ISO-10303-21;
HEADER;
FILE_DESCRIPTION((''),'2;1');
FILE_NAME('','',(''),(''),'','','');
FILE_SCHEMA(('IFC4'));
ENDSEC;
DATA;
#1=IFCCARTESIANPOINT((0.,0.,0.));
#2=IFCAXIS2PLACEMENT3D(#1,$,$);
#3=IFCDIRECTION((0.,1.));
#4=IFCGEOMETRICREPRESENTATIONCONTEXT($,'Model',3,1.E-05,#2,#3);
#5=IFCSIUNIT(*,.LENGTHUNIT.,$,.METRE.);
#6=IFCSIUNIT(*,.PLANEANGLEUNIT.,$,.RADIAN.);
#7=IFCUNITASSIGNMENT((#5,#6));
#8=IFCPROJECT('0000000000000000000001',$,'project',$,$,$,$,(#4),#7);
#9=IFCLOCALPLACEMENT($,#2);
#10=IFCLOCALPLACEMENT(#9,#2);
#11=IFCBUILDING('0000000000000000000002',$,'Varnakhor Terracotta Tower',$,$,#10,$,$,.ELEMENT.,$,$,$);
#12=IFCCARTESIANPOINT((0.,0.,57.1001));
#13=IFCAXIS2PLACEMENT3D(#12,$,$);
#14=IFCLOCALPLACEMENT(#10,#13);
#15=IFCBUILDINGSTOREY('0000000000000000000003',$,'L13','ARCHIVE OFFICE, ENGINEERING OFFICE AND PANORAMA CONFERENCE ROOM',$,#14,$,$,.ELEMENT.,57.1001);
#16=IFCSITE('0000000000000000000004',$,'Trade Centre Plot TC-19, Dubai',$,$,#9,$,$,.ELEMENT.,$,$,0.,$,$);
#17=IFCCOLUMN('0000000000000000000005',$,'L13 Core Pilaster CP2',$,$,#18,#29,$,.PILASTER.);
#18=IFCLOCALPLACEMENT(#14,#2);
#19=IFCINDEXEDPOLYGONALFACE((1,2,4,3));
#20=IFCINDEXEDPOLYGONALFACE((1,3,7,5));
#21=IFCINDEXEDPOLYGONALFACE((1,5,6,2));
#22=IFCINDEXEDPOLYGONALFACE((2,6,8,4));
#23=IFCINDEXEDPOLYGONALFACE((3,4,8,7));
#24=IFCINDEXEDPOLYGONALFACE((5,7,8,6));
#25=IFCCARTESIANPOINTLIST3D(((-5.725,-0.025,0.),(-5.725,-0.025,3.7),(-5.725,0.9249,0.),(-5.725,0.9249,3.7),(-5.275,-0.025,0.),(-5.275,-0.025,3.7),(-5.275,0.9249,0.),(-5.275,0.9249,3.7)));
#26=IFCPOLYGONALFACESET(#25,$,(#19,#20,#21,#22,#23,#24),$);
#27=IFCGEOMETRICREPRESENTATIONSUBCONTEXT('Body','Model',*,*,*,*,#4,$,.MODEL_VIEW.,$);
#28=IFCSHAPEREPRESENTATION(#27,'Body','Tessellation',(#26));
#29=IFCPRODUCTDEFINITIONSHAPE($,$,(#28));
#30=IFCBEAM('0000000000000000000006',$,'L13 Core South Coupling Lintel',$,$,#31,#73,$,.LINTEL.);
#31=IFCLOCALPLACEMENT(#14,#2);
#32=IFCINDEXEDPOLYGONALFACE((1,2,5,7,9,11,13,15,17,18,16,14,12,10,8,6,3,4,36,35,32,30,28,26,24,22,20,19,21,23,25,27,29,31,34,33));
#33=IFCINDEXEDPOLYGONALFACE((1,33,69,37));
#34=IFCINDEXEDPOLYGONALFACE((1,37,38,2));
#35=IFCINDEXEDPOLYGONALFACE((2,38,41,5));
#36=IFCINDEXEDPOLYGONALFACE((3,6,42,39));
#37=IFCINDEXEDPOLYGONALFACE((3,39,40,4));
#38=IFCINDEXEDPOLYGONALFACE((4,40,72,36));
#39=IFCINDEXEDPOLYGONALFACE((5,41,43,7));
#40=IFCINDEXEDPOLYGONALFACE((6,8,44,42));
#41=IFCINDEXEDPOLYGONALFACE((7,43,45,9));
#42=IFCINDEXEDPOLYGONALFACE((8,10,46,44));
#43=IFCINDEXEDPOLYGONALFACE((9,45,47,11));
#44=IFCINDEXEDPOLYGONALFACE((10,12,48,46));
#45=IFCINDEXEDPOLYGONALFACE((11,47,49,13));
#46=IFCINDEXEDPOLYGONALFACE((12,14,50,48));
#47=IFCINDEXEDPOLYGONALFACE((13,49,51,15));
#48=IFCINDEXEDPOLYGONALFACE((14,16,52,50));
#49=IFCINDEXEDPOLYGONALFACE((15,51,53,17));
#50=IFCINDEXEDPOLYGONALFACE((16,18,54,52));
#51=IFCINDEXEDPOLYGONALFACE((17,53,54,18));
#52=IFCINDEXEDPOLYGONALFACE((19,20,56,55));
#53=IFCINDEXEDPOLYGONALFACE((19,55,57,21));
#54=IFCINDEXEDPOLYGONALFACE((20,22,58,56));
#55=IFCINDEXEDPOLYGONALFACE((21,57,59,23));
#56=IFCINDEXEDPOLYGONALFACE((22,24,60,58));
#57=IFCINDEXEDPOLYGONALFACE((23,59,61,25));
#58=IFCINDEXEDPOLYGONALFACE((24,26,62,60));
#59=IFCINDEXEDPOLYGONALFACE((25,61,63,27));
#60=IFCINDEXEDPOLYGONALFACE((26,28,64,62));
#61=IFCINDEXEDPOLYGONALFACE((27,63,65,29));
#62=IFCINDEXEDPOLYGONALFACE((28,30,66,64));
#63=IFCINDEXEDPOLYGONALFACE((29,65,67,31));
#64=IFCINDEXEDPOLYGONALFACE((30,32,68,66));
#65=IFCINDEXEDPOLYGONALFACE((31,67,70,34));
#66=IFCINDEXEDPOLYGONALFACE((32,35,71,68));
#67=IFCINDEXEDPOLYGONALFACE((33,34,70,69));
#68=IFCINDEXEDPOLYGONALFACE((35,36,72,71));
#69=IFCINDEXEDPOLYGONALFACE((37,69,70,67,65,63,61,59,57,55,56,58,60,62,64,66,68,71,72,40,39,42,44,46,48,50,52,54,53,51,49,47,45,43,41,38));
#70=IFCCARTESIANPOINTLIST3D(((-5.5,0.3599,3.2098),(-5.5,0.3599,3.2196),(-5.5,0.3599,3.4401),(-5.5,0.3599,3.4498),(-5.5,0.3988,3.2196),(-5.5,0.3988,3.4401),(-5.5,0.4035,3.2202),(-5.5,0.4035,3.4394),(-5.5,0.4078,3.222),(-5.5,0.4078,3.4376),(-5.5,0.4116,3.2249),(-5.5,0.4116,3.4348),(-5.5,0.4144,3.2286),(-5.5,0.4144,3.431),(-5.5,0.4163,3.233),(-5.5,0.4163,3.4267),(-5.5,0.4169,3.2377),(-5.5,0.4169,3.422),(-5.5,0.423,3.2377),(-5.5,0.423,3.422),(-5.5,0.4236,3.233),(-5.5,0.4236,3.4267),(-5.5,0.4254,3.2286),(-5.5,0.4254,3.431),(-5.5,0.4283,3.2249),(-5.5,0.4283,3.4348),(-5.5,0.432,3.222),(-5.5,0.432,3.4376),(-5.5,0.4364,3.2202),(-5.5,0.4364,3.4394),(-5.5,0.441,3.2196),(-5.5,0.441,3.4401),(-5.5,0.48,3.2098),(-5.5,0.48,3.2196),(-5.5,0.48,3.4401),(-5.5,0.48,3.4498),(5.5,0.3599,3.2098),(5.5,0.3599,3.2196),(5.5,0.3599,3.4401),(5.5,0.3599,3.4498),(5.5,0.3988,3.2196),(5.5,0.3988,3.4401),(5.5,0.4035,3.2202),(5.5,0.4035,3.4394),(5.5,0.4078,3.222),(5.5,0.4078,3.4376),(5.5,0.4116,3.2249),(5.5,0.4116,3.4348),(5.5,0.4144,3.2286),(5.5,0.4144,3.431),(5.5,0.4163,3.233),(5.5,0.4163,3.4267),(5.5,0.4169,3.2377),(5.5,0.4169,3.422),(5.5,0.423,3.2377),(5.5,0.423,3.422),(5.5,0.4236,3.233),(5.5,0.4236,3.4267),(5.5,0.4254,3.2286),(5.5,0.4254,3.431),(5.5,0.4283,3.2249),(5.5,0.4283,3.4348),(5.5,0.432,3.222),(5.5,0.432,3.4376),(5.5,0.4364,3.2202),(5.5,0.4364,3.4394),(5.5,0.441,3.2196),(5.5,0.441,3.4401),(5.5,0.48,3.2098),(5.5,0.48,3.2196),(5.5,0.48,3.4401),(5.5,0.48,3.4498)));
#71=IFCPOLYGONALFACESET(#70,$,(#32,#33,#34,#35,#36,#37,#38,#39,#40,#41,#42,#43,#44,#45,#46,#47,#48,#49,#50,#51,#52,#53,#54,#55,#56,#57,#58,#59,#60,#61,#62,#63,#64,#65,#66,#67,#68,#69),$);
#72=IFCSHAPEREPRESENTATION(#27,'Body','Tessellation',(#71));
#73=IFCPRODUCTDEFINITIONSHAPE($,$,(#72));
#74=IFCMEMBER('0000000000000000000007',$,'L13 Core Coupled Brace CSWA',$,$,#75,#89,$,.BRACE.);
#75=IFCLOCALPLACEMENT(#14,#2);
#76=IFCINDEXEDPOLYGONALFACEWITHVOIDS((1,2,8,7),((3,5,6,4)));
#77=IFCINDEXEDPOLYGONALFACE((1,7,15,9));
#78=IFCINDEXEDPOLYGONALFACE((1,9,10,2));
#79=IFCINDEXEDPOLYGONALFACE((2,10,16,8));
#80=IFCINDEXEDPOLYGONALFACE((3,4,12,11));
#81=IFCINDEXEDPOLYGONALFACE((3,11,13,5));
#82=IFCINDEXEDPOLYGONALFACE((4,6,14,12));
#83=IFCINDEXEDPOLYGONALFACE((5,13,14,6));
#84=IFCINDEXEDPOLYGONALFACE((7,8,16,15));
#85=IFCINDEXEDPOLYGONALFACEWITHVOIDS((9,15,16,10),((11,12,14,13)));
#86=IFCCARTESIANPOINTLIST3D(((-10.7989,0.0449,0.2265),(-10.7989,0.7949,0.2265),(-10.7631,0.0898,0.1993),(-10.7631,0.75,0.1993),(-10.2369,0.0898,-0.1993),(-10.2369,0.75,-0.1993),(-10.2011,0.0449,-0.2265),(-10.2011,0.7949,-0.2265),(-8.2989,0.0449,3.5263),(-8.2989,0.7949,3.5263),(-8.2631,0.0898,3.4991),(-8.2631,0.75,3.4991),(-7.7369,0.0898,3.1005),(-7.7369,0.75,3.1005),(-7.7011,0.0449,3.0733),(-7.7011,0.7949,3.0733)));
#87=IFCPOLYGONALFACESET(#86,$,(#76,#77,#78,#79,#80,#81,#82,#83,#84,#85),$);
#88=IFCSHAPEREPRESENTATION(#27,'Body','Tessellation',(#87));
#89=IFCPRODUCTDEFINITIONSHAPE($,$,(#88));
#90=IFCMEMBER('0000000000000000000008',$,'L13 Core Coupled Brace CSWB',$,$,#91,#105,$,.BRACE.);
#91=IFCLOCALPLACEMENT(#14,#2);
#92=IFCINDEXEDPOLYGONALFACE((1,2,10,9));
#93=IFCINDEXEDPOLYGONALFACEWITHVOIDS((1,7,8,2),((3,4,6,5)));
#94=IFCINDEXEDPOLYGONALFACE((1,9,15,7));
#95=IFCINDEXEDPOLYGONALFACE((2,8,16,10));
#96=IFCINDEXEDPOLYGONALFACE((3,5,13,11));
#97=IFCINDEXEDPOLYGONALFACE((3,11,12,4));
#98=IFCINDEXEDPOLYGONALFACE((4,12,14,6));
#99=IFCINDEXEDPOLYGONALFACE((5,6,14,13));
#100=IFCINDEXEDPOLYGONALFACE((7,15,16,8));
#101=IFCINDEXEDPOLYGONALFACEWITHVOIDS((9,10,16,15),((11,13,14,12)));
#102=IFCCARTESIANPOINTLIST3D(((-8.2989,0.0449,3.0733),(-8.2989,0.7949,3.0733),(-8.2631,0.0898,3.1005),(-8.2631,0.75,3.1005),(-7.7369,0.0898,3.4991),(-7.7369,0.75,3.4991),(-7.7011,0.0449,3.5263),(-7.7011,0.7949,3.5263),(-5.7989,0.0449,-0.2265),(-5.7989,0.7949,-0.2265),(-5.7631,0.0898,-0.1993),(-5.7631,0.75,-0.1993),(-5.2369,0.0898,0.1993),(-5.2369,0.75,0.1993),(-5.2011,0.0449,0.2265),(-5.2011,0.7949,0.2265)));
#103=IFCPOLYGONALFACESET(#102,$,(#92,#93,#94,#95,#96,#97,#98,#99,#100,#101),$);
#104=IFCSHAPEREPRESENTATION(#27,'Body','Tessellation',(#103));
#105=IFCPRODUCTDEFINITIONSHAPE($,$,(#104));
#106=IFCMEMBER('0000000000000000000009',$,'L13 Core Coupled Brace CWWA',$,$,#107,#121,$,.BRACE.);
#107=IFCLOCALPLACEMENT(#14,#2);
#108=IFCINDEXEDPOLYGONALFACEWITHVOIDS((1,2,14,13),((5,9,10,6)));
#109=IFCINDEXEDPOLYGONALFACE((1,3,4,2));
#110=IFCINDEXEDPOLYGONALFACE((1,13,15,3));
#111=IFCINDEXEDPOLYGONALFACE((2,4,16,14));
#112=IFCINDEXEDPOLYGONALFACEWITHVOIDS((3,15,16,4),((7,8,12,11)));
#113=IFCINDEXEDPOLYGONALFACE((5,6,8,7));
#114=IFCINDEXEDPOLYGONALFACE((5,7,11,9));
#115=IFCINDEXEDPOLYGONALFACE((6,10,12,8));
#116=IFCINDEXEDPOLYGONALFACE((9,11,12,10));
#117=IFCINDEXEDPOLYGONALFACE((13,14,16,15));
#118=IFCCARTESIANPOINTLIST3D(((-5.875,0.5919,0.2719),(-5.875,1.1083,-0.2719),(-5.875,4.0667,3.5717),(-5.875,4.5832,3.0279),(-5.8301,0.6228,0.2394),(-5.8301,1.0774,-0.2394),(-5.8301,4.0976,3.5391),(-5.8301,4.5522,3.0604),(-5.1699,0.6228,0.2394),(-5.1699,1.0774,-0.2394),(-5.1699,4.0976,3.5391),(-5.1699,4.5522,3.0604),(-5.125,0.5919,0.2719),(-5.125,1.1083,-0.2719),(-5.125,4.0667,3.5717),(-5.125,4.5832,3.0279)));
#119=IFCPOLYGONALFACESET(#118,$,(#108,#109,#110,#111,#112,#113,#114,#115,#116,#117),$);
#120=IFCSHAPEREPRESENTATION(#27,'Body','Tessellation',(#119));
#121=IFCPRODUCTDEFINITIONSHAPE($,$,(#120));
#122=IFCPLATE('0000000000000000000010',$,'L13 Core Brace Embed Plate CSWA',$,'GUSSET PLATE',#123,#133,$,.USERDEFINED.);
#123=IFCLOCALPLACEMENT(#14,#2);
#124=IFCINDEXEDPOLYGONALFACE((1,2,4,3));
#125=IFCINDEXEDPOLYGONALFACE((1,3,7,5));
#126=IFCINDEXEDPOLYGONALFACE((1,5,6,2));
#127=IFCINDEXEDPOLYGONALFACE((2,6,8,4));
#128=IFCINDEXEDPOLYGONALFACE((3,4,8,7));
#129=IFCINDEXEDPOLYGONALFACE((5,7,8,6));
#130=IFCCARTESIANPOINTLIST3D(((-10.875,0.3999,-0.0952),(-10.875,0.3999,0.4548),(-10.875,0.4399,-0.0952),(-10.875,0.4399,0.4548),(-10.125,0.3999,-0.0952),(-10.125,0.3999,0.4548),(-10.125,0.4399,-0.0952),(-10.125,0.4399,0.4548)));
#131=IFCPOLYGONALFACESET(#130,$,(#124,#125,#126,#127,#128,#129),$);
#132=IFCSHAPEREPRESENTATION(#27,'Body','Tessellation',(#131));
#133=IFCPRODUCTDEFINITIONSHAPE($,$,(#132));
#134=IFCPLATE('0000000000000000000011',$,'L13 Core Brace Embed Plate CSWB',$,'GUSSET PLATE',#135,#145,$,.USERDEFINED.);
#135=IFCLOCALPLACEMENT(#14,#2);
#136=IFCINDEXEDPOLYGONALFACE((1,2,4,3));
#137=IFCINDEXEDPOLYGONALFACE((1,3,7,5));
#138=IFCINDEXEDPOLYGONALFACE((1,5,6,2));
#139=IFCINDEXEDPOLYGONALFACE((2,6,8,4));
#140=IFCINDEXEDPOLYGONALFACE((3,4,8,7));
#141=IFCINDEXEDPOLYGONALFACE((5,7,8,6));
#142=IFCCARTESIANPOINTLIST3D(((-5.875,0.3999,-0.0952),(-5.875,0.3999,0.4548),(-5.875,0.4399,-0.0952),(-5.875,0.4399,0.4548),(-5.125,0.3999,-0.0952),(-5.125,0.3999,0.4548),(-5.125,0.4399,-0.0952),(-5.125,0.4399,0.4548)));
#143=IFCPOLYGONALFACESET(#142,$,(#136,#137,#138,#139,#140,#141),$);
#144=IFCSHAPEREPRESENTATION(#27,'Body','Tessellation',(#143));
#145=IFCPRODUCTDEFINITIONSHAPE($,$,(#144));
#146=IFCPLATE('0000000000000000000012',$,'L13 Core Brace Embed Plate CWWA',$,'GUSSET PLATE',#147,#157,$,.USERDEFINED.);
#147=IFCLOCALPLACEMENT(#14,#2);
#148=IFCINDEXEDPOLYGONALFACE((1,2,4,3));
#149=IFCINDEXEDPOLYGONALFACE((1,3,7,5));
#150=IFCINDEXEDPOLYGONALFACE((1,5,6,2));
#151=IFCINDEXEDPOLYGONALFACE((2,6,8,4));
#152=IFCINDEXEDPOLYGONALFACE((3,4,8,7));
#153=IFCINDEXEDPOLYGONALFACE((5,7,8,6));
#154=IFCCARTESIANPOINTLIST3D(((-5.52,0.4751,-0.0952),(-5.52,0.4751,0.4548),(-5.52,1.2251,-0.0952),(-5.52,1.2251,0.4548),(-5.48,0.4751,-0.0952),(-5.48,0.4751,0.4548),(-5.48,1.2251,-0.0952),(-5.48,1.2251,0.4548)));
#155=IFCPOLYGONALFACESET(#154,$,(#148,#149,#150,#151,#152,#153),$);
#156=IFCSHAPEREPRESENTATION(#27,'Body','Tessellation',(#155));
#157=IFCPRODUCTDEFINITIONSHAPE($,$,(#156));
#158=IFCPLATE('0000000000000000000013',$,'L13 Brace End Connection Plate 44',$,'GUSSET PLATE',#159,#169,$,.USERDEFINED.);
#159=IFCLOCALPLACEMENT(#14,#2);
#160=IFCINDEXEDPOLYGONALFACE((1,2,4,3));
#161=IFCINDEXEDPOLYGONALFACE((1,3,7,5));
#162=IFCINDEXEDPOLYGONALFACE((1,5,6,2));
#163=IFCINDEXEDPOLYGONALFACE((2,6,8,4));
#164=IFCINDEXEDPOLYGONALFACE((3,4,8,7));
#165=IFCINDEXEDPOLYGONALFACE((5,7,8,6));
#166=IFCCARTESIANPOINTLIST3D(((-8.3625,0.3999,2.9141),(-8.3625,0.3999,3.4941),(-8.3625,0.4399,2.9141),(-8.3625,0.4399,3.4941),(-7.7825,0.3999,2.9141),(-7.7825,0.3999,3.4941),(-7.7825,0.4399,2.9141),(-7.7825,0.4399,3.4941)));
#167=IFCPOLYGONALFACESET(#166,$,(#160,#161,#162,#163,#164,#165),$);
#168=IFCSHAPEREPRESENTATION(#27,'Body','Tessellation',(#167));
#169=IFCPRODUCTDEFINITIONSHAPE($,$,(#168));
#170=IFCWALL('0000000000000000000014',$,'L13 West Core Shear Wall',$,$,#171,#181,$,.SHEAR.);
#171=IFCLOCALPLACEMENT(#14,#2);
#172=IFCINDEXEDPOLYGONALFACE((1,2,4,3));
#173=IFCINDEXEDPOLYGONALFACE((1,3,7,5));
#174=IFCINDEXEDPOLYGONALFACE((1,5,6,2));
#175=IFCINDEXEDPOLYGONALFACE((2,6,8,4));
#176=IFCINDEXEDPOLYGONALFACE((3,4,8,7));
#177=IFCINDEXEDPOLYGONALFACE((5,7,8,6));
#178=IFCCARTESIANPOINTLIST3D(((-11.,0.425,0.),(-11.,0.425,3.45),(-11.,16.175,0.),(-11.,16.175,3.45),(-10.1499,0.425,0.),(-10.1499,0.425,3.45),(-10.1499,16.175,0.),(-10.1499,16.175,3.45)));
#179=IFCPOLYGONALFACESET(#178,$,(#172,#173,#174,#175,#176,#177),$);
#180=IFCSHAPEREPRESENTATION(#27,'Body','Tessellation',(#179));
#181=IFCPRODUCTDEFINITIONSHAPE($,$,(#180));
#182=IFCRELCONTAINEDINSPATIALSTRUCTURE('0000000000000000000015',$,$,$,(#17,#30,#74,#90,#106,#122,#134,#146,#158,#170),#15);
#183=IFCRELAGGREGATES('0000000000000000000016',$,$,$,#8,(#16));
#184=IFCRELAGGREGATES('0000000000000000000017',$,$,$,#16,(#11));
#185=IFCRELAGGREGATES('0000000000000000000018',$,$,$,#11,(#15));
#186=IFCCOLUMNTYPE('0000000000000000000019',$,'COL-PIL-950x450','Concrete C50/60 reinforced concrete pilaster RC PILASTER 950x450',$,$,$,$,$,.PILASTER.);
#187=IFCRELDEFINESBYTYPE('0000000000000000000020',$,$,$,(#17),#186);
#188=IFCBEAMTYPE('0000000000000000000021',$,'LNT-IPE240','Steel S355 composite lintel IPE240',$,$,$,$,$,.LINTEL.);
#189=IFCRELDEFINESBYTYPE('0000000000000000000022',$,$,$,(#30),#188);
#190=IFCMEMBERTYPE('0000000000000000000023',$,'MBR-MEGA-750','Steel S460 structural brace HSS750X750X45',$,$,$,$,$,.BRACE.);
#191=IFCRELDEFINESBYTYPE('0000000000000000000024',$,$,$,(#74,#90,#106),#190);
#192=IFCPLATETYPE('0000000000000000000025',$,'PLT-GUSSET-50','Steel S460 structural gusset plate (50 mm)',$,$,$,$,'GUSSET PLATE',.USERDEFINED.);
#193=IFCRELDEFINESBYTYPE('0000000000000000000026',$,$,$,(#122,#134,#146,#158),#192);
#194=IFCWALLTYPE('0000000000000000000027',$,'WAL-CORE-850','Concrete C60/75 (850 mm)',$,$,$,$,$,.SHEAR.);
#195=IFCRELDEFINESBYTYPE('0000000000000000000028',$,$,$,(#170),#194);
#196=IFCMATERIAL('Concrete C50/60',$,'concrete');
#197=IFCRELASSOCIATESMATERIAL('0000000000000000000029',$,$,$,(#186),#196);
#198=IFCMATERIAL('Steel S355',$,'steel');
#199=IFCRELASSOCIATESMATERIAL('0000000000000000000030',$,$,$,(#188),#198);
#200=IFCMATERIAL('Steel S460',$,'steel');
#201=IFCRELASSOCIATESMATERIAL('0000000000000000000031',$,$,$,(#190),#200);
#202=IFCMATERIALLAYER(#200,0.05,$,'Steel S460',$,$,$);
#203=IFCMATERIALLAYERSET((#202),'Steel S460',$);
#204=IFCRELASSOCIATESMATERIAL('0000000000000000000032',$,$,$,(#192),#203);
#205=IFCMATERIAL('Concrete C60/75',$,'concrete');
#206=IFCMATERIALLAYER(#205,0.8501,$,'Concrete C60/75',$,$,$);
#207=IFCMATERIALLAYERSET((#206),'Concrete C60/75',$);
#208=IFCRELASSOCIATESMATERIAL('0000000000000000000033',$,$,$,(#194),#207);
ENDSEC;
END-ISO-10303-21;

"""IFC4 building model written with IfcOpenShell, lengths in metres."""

from ifc_helpers import new_model, si_unit, direction, frame, frame_2d, origin, origin_2d, place, context, subcontext, project, spatial, rectangle, hollow_rectangle, i_section, extrude, source, transform, mapped, material, layer, layer_set, material_profile, profile_set, type_object, type_shapes, element, save


model = new_model("IFC4")

# Units and contexts
model_context = context("Model", 3, precision=1e-05, world=origin(), true_north=direction((0.0, 1.0)))
body_context = subcontext(model_context, "Body", "Model", "MODEL_VIEW")
ifc_project = project(units=[si_unit("LENGTHUNIT", "METRE"), si_unit("PLANEANGLEUNIT", "RADIAN")], contexts=[model_context])

# Site, building, storey
site_placement = place(None, origin())
site = spatial("IfcSite", under=ifc_project, at=site_placement, Name="Trade Centre Plot TC-19, Dubai", CompositionType="ELEMENT", RefElevation=0.0)
building_placement = place(site_placement, origin())
building = spatial("IfcBuilding", under=site, at=building_placement, Name="Varnakhor Terracotta Tower", CompositionType="ELEMENT")
storey_placement = place(building_placement, frame((0.0, 0.0, 57.1001)))
storey = spatial("IfcBuildingStorey", under=building, at=storey_placement, Name="L13", Description="ARCHIVE OFFICE, ENGINEERING OFFICE AND PANORAMA CONFERENCE ROOM", CompositionType="ELEMENT", Elevation=57.1001)

# Column
ifc_material_1 = material(Name="Concrete C50/60", Category="concrete")
ifc_material_profile_1 = material_profile(ifc_material_1, rectangle(XDim=0.45, YDim=0.95, at=origin_2d()), Name="RC PILASTER 950x450")
ifc_profile_set_1 = profile_set([ifc_material_profile_1], Name="Concrete C50/60")
column_type = type_object("IfcColumnType", Name="COL-PIL-950x450", Description="Concrete C50/60 reinforced concrete pilaster RC PILASTER 950x450", PredefinedType="PILASTER", material=ifc_profile_set_1)
shared_shape_1 = source(origin(), body_context, "Body", "SweptSolid", [
    extrude(rectangle(XDim=0.45, YDim=0.95, at=origin_2d()), origin(), (0.0, 0.0, 1.0), 3.7),
])
column_placement = place(storey_placement, frame((-5.5, 0.45, 0.0), z_axis=(0.0, 0.0, 1.0), x_axis=(1.0, 0.0, 0.0)))
element("IfcColumn", 1, at=column_placement, inside=storey, type_object=column_type, Name="L13 Core Pilaster CP2", PredefinedType="PILASTER", context=body_context, shape_type="MappedRepresentation", body=[
    mapped(shared_shape_1, transform((0.0, 0.0, 0.0), scale=1.0)),
])

# Beam
ifc_material_2 = material(Name="Steel S355", Category="steel")
ifc_material_profile_2 = material_profile(ifc_material_2, i_section(OverallWidth=0.1201, OverallDepth=0.24, WebThickness=0.0061, FlangeThickness=0.0098, FilletRadius=0.0181, at=origin_2d()), Name="IPE240")
ifc_profile_set_2 = profile_set([ifc_material_profile_2], Name="Steel S355")
beam_type = type_object("IfcBeamType", Name="LNT-IPE240", Description="Steel S355 composite lintel IPE240", PredefinedType="LINTEL", material=ifc_profile_set_2)
shared_shape_2 = source(origin(), body_context, "Body", "SweptSolid", [
    extrude(i_section(OverallWidth=0.1201, OverallDepth=0.24, WebThickness=0.0061, FlangeThickness=0.0098, FilletRadius=0.0181, at=origin_2d()), origin(), (0.0, 0.0, 1.0), 11.0),
])
type_shapes(beam_type, [shared_shape_2])
beam_placement = place(storey_placement, frame((-5.5, 0.4199, 3.3298), z_axis=(1.0, 0.0, 0.0), x_axis=(0.0, 1.0, 0.0)))
element("IfcBeam", 2, at=beam_placement, inside=storey, type_object=beam_type, Name="L13 Core South Coupling Lintel", PredefinedType="LINTEL", context=body_context, shape_type="MappedRepresentation", body=[
    mapped(shared_shape_2, transform((0.0, 0.0, 0.0), scale=1.0)),
])

# Members
ifc_material_3 = material(Name="Steel S460", Category="steel")
ifc_material_profile_3 = material_profile(ifc_material_3, hollow_rectangle(XDim=0.75, YDim=0.75, WallThickness=0.0449, at=origin_2d()), Name="HSS750X750X45")
ifc_profile_set_3 = profile_set([ifc_material_profile_3], Name="Steel S460")
member_type = type_object("IfcMemberType", Name="MBR-MEGA-750", Description="Steel S460 structural brace HSS750X750X45", PredefinedType="BRACE", material=ifc_profile_set_3)
shared_shape_3 = source(origin(), body_context, "Body", "SweptSolid", [
    extrude(hollow_rectangle(XDim=0.75, YDim=0.75, WallThickness=0.0449, at=origin_2d()), origin(), (0.0, 0.0, 1.0), 4.1399),
])
for number, where, z_axis, x_axis, name in (
    (3, (-10.5, 0.4199, 0.0), (0.60388, 0.0, 0.797075), (0.0, 1.0, 0.0), "L13 Core Coupled Brace CSWA"),
    (4, (-5.5, 0.4199, 0.0), (-0.60388, 0.0, 0.797075), (0.0, -1.0, 0.0), "L13 Core Coupled Brace CSWB"),
):
    element("IfcMember", number, at=place(storey_placement, frame(where, z_axis=z_axis, x_axis=x_axis)), inside=storey, type_object=member_type, Name=name, PredefinedType="BRACE", context=body_context, shape_type="MappedRepresentation", body=[
        mapped(shared_shape_3, transform((0.0, 0.0, 0.0), scale=1.0)),
    ])
shared_shape_4 = source(origin(), body_context, "Body", "SweptSolid", [
    extrude(hollow_rectangle(XDim=0.75, YDim=0.75, WallThickness=0.0449, at=origin_2d()), origin(), (0.0, 0.0, 1.0), 4.792),
])
member_placement = place(storey_placement, frame((-5.5, 0.8501, 0.0), z_axis=(0.0, 0.725136, 0.688606), x_axis=(-1.0, 0.0, 0.0)))
element("IfcMember", 5, at=member_placement, inside=storey, type_object=member_type, Name="L13 Core Coupled Brace CWWA", PredefinedType="BRACE", context=body_context, shape_type="MappedRepresentation", body=[
    mapped(shared_shape_4, transform((0.0, 0.0, 0.0), scale=1.0)),
])

# Plates
ifc_layer_1 = layer(ifc_material_3, 0.05, Name="Steel S460")
ifc_layer_set_1 = layer_set([ifc_layer_1], Name="Steel S460")
plate_type = type_object("IfcPlateType", Name="PLT-GUSSET-50", Description="Steel S460 structural gusset plate (50 mm)", ElementType="GUSSET PLATE", PredefinedType="USERDEFINED", material=ifc_layer_set_1)
shared_shape_5 = source(origin(), body_context, "Body", "SweptSolid", [
    extrude(rectangle(XDim=0.75, YDim=0.04, at=origin_2d()), origin(), (0.0, 0.0, 1.0), 0.55),
])
type_shapes(plate_type, [shared_shape_5])
for number, where, z_axis, x_axis, name in (
    (6, (-10.5, 0.4199, -0.0952), (0.0, 0.0, 1.0), (1.0, 0.0, 0.0), "L13 Core Brace Embed Plate CSWA"),
    (7, (-5.5, 0.4199, -0.0952), (0.0, 0.0, 1.0), (1.0, 0.0, 0.0), "L13 Core Brace Embed Plate CSWB"),
    (8, (-5.5, 0.8501, -0.0952), (0.0, 0.0, 1.0), (0.0, 1.0, 0.0), "L13 Core Brace Embed Plate CWWA"),
):
    element("IfcPlate", number, at=place(storey_placement, frame(where, z_axis=z_axis, x_axis=x_axis)), inside=storey, type_object=plate_type, Name=name, ObjectType="GUSSET PLATE", PredefinedType="USERDEFINED", context=body_context, shape_type="MappedRepresentation", body=[
        mapped(shared_shape_5, transform((0.0, 0.0, 0.0), scale=1.0)),
    ])
shared_shape_6 = source(origin(), body_context, "Body", "SweptSolid", [
    extrude(rectangle(XDim=0.5801, YDim=0.04, at=origin_2d()), origin(), (0.0, 0.0, 1.0), 0.5801),
])
plate_placement = place(storey_placement, frame((-8.0725, 0.4199, 2.9141), z_axis=(0.0, 0.0, 1.0), x_axis=(1.0, 0.0, 0.0)))
element("IfcPlate", 9, at=plate_placement, inside=storey, type_object=plate_type, Name="L13 Brace End Connection Plate 44", ObjectType="GUSSET PLATE", PredefinedType="USERDEFINED", context=body_context, shape_type="MappedRepresentation", body=[
    mapped(shared_shape_6, transform((0.0, 0.0, 0.0), scale=1.0)),
])

# Wall
ifc_material_4 = material(Name="Concrete C60/75", Category="concrete")
ifc_layer_2 = layer(ifc_material_4, 0.8501, Name="Concrete C60/75")
ifc_layer_set_2 = layer_set([ifc_layer_2], Name="Concrete C60/75")
wall_type_1 = type_object("IfcWallType", Name="WAL-CORE-850", Description="Concrete C60/75 (850 mm)", PredefinedType="SHEAR", material=ifc_layer_set_2)
wall_1_placement = place(storey_placement, frame((-10.575, 0.425, 0.0), z_axis=(0.0, 0.0, 1.0), x_axis=(0.0, 1.0, 0.0)))
element("IfcWall", 10, at=wall_1_placement, inside=storey, type_object=wall_type_1, Name="L13 West Core Shear Wall", PredefinedType="SHEAR", context=body_context, shape_type="SweptSolid", body=[
    extrude(rectangle(XDim=15.75, YDim=0.8501, at=frame_2d((7.875, 0.0))), origin(), (0.0, 0.0, 1.0), 3.45),
])

save(model, "model.ifc")
